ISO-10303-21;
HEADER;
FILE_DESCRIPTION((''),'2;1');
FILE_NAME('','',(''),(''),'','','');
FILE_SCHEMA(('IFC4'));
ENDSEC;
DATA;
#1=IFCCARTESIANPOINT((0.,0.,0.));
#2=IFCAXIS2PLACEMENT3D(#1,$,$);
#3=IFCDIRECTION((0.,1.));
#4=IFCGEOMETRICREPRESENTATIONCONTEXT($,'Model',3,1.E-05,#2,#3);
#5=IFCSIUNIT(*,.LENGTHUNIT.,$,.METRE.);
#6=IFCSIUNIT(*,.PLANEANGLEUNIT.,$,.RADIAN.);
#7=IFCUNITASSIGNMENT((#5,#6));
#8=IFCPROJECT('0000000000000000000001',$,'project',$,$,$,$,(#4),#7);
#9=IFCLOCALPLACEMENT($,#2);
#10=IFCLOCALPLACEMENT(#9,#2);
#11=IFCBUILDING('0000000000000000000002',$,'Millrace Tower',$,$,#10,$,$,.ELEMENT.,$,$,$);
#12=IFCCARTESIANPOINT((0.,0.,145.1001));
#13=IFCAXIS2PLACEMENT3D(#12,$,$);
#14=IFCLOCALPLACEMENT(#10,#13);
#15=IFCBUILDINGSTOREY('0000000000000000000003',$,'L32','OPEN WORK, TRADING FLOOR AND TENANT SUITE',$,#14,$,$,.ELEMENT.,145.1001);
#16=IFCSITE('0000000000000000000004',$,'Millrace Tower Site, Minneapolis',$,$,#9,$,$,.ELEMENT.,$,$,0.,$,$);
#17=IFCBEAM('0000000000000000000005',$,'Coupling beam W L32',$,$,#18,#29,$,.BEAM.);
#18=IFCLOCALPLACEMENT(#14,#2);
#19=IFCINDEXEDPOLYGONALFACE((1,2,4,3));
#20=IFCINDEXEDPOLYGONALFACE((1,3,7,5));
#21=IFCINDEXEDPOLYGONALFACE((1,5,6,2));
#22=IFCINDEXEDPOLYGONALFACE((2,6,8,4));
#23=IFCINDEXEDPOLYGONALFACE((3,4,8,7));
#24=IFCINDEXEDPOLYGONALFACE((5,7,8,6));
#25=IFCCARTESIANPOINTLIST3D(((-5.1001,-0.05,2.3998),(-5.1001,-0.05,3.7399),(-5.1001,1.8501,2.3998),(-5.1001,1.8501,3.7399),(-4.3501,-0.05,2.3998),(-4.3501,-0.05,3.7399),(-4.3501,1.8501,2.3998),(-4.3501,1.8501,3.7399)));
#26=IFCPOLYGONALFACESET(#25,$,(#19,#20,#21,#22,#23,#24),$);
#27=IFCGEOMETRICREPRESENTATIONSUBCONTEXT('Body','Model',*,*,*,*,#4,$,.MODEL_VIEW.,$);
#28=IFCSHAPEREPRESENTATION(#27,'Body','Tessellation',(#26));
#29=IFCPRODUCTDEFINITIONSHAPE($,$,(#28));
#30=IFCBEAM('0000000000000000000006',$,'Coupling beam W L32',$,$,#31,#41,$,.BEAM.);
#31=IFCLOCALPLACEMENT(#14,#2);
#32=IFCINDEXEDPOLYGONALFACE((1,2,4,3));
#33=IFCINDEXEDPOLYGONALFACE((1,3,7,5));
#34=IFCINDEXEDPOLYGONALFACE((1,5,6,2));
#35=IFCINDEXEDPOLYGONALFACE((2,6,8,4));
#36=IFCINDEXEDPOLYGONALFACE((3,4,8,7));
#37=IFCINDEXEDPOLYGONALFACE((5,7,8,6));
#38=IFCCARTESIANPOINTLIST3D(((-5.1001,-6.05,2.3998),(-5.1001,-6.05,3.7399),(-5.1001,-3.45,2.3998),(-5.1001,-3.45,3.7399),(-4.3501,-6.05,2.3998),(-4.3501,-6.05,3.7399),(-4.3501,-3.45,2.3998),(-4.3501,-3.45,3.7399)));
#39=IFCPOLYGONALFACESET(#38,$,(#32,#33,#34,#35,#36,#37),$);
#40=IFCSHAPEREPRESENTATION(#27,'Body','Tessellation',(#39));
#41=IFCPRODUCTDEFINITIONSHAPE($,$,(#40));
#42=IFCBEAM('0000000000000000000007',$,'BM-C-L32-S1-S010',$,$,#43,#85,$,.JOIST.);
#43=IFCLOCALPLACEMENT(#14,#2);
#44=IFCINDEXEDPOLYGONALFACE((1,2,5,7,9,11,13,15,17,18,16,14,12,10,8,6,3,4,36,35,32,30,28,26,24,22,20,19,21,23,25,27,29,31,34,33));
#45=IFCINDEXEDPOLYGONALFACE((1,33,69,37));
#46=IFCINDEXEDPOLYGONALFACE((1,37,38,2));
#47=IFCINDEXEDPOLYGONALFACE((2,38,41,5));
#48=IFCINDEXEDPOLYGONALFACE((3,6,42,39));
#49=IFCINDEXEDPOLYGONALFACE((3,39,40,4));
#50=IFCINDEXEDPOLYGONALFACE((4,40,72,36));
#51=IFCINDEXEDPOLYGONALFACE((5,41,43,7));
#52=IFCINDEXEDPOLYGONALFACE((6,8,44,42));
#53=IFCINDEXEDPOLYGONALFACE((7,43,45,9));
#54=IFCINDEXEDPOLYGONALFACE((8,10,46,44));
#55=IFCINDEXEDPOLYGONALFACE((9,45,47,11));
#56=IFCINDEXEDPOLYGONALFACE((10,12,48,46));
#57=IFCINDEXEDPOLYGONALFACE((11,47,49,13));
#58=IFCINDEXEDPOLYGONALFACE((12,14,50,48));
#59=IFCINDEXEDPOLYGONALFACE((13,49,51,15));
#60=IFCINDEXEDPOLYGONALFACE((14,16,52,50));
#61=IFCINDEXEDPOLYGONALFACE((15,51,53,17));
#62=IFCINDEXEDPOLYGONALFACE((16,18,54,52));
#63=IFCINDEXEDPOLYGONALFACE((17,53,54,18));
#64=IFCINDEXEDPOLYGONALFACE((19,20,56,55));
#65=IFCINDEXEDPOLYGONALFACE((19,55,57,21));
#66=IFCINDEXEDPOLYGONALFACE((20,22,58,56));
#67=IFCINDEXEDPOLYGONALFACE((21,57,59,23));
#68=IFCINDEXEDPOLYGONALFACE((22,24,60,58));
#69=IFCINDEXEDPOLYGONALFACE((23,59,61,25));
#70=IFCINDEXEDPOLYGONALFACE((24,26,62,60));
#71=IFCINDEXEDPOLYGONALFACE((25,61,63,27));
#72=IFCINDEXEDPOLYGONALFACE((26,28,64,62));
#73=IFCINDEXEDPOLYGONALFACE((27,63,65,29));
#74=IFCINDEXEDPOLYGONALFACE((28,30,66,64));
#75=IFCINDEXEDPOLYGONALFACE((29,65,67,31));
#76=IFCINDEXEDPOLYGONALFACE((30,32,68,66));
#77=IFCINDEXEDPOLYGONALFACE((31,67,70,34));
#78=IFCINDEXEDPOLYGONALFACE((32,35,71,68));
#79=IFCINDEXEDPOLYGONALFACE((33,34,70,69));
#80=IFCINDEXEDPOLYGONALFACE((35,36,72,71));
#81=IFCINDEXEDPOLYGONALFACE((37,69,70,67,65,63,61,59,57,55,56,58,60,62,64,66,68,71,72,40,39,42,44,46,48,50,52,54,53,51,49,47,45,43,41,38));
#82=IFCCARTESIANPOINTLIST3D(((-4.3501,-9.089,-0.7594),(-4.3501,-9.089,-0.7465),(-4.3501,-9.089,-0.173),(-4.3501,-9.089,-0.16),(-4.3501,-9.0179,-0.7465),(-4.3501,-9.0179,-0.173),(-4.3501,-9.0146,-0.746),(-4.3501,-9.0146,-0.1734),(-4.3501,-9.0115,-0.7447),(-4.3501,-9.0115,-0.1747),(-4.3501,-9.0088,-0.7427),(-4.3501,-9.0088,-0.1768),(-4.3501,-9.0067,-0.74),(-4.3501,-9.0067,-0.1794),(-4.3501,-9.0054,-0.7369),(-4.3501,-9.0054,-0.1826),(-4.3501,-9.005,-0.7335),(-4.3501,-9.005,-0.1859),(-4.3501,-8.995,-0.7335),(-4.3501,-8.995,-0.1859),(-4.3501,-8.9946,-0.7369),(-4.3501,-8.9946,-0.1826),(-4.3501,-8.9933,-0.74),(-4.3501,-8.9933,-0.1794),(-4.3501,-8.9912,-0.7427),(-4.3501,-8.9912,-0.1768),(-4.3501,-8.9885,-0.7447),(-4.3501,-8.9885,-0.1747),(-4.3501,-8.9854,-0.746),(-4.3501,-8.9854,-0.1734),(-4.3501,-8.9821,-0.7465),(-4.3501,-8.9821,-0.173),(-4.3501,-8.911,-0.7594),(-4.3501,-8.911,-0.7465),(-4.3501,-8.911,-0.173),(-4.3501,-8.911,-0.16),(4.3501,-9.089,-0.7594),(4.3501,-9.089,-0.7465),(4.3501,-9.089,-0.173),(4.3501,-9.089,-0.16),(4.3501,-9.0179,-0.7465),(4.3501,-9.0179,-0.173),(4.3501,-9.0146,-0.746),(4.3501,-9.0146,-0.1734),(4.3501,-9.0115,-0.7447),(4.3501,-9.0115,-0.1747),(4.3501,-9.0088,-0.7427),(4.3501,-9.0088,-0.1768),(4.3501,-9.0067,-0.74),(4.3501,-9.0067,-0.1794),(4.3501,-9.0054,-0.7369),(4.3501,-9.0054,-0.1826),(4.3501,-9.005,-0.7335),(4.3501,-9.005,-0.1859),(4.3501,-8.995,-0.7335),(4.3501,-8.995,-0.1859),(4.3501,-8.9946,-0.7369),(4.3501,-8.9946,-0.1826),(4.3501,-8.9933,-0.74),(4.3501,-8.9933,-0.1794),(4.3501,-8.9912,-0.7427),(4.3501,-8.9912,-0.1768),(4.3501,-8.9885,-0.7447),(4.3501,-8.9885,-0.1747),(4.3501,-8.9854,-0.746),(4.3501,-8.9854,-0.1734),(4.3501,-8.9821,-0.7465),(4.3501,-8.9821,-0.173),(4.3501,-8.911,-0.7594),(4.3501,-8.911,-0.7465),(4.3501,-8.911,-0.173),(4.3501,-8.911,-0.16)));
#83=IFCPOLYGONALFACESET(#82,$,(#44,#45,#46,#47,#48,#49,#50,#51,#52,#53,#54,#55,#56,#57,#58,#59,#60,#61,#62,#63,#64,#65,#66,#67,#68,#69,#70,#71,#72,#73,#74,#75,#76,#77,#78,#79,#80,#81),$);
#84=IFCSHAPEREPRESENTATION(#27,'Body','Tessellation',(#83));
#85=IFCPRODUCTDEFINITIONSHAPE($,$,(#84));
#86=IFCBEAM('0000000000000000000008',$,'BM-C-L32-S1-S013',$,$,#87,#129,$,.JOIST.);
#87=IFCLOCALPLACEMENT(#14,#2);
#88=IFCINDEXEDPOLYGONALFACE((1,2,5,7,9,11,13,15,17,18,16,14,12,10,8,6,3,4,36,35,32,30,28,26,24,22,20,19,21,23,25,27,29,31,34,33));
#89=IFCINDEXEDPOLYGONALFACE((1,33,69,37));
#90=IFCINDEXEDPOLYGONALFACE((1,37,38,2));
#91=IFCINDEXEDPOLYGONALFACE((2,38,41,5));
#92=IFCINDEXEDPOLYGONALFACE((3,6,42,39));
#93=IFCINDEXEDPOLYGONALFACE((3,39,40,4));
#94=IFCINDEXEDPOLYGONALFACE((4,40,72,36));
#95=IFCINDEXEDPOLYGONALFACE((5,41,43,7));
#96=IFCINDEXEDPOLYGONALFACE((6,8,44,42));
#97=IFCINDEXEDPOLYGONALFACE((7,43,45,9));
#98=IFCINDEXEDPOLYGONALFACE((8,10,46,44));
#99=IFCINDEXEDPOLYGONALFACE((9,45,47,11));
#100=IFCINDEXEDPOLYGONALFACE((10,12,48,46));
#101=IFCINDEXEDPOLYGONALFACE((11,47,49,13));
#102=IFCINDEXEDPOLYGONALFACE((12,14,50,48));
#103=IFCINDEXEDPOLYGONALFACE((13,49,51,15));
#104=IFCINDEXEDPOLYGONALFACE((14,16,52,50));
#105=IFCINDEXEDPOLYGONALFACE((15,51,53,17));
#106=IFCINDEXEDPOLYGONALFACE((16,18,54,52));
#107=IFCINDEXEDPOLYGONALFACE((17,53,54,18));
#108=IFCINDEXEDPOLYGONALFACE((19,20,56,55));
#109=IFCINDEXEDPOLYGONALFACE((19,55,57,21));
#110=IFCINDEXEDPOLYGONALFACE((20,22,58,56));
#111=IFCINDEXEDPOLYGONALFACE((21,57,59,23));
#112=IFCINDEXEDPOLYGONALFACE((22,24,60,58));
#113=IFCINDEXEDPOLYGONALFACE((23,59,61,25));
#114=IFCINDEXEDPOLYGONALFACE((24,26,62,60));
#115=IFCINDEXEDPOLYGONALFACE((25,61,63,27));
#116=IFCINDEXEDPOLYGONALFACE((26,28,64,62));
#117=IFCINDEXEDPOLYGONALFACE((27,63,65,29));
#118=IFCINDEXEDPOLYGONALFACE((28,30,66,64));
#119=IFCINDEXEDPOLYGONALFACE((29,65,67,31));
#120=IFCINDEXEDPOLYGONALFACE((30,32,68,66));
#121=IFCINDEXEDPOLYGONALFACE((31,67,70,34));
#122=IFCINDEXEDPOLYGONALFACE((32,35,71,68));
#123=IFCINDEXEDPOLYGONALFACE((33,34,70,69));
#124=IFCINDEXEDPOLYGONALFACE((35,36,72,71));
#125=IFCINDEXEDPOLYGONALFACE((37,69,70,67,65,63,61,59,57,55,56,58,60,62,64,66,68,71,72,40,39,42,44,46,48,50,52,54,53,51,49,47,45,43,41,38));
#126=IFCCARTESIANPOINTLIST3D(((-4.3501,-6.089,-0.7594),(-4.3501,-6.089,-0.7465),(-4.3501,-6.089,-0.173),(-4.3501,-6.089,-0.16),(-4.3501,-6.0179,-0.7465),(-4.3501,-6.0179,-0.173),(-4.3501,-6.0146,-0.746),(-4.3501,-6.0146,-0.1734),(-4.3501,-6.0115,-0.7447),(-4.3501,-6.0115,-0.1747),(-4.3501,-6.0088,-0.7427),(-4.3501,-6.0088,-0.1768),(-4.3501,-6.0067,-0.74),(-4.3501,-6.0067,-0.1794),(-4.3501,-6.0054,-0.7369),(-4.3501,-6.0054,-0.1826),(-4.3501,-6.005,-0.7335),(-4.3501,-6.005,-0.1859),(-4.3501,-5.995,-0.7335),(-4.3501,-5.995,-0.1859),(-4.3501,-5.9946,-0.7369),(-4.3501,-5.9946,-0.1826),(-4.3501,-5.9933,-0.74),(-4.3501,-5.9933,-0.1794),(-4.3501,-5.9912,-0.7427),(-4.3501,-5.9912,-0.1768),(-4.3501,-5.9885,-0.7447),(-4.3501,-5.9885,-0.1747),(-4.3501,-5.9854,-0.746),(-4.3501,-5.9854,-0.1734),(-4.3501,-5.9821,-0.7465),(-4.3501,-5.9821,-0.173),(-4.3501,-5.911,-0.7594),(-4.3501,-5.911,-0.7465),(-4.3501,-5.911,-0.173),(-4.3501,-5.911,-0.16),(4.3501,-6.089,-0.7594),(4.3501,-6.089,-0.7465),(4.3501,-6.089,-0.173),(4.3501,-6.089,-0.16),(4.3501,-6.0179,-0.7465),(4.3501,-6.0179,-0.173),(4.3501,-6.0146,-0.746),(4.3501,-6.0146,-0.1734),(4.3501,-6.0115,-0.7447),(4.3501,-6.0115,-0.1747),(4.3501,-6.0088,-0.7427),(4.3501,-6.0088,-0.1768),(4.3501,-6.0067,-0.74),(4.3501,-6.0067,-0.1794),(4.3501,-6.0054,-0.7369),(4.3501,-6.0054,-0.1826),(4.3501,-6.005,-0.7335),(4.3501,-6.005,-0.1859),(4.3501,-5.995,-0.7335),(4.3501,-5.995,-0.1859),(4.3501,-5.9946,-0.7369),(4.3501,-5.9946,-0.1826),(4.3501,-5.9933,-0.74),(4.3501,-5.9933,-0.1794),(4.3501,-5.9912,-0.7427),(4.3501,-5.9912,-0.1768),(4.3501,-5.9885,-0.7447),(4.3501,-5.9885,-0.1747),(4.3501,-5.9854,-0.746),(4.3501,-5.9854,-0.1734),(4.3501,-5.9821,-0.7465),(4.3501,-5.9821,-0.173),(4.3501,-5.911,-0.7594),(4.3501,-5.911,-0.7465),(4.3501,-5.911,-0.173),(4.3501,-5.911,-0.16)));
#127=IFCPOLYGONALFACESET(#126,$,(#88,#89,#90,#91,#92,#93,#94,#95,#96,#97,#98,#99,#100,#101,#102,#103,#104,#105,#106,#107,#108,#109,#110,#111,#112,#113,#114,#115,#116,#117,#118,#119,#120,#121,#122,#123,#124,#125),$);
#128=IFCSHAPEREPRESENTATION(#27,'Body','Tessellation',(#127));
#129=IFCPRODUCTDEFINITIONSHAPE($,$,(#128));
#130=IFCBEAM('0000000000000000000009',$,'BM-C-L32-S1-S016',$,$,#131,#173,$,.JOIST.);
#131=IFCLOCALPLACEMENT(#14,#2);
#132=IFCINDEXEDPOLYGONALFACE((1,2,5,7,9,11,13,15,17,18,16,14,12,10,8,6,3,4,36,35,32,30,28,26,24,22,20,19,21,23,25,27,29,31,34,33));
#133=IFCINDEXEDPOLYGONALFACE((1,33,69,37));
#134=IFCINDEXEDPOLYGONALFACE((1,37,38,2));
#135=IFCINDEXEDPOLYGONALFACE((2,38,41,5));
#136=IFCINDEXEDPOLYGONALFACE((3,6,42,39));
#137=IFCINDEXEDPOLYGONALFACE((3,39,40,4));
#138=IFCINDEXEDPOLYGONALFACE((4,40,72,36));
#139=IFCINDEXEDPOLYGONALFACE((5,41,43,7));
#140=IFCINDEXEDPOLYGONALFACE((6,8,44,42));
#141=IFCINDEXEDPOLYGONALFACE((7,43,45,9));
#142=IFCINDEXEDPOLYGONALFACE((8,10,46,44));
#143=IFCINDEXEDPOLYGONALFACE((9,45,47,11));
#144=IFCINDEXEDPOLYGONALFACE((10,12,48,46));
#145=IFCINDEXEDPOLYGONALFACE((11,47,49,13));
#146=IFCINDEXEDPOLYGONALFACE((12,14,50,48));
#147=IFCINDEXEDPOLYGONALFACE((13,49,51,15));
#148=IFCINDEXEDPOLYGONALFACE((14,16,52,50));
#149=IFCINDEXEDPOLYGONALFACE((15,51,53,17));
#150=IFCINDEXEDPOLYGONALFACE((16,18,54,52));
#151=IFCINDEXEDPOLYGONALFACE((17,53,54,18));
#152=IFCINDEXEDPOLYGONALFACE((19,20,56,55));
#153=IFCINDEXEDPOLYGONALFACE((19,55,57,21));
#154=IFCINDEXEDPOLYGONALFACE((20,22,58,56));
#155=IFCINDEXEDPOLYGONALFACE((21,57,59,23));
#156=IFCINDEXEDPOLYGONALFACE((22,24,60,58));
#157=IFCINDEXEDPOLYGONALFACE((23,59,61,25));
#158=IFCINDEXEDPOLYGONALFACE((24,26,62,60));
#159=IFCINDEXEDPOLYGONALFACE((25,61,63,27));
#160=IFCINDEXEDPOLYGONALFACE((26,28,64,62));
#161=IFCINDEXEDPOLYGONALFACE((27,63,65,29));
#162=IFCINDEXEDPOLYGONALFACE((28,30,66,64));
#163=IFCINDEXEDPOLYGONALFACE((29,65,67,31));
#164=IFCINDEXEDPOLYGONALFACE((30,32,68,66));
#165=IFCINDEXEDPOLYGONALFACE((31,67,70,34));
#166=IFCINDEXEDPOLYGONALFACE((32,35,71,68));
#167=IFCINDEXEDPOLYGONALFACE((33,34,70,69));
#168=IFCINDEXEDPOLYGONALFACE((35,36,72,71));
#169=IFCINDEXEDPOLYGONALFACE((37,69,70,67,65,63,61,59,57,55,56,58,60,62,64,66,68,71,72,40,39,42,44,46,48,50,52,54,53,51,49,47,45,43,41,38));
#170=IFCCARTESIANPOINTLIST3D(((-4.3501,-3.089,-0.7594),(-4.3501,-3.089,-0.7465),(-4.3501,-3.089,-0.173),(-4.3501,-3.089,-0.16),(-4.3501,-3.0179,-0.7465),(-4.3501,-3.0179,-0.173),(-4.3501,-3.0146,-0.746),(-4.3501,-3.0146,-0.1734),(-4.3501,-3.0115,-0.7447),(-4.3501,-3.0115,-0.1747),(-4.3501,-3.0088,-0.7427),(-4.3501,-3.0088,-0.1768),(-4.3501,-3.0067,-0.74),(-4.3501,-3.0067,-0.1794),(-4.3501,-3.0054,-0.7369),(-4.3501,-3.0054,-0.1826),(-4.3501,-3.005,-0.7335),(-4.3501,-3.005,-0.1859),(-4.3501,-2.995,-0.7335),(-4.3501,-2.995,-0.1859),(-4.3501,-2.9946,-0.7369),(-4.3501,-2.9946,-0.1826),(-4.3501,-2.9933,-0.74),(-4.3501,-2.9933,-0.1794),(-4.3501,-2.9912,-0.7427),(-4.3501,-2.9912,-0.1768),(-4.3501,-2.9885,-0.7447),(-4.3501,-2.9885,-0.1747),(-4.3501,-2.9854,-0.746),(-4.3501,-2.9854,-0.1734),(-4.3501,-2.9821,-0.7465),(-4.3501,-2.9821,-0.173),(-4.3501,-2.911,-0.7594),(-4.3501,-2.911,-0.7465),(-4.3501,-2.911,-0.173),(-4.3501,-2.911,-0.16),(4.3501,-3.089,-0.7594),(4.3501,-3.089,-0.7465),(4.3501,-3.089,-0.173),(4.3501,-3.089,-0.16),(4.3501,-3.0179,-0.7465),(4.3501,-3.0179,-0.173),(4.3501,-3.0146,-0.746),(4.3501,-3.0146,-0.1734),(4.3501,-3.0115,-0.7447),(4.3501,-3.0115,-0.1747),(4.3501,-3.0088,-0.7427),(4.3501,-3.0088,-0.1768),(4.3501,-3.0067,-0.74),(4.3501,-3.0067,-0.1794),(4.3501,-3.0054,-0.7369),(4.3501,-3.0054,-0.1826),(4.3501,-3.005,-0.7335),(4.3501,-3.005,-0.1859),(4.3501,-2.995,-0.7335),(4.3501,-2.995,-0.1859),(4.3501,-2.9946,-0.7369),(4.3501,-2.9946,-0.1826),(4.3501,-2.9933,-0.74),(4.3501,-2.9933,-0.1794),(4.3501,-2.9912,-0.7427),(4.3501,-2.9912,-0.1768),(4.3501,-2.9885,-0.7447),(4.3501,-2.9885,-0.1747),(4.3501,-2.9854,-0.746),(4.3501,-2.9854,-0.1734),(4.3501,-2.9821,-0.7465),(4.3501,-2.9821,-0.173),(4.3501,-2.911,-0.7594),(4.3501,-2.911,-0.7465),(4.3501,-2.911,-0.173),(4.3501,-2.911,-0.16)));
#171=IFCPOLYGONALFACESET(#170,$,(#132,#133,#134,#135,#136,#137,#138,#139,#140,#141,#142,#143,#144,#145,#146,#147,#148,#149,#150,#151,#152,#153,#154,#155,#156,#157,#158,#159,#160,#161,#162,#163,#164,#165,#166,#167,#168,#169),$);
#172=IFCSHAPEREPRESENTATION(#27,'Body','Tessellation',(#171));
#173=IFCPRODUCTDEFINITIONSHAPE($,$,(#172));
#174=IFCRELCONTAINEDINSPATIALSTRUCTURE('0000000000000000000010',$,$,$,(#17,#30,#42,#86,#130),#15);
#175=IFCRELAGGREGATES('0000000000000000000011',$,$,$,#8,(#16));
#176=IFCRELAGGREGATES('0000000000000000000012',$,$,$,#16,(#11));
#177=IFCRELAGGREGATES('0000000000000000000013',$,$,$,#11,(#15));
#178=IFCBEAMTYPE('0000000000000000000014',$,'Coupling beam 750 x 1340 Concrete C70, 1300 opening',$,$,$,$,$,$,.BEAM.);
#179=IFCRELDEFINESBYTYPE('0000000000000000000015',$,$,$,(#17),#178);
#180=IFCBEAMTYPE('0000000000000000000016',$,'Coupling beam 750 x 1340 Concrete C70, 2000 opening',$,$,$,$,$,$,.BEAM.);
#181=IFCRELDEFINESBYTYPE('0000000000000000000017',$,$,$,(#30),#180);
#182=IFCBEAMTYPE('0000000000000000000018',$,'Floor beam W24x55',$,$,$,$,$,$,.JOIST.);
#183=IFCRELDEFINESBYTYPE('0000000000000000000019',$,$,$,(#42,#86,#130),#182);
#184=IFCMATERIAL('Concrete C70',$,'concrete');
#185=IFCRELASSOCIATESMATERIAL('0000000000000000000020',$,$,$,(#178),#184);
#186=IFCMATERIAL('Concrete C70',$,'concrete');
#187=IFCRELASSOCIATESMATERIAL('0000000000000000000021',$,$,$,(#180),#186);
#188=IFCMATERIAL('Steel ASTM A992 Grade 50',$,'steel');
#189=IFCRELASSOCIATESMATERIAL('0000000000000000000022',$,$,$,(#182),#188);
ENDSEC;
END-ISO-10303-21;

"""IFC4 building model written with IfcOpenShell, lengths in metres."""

from ifc_helpers import new_model, si_unit, direction, frame, origin, origin_2d, place, context, subcontext, project, spatial, rectangle, i_section, extrude, material, material_profile, profile_set, type_object, element, save


model = new_model("IFC4")

# Units and contexts
model_context = context("Model", 3, precision=1e-05, world=origin(), true_north=direction((0.0, 1.0)))
body_context = subcontext(model_context, "Body", "Model", "MODEL_VIEW")
ifc_project = project(units=[si_unit("LENGTHUNIT", "METRE"), si_unit("PLANEANGLEUNIT", "RADIAN")], contexts=[model_context])

# Site, building, storey
site_placement = place(None, origin())
site = spatial("IfcSite", under=ifc_project, at=site_placement, Name="Millrace Tower Site, Minneapolis", CompositionType="ELEMENT", RefElevation=0.0)
building_placement = place(site_placement, origin())
building = spatial("IfcBuilding", under=site, at=building_placement, Name="Millrace Tower", CompositionType="ELEMENT")
storey_placement = place(building_placement, frame((0.0, 0.0, 145.1001)))
storey = spatial("IfcBuildingStorey", under=building, at=storey_placement, Name="L32", Description="OPEN WORK, TRADING FLOOR AND TENANT SUITE", CompositionType="ELEMENT", Elevation=145.1001)

# Beams
ifc_material_1 = material(Name="Concrete C70", Category="concrete")
ifc_material_profile_1 = material_profile(ifc_material_1, rectangle(XDim=0.75, YDim=1.3401, at=origin_2d()))
ifc_profile_set_1 = profile_set([ifc_material_profile_1], Name="Concrete C70")
beam_type_1 = type_object("IfcBeamType", Name="Coupling beam 750 x 1340 Concrete C70, 1300 opening", PredefinedType="BEAM", material=ifc_profile_set_1)
beam_1_placement = place(storey_placement, frame((-4.7251, -0.05, 3.0698), z_axis=(0.0, 1.0, 0.0), x_axis=(-1.0, 0.0, 0.0)))
element("IfcBeam", 1, at=beam_1_placement, inside=storey, type_object=beam_type_1, Name="Coupling beam W L32", PredefinedType="BEAM", context=body_context, shape_type="SweptSolid", body=[
    extrude(rectangle(XDim=0.75, YDim=1.3401, at=origin_2d()), origin(), (0.0, 0.0, 1.0), 1.9001),
])
ifc_material_2 = material(Name="Concrete C70", Category="concrete")
ifc_material_profile_2 = material_profile(ifc_material_2, rectangle(XDim=0.75, YDim=1.3401, at=origin_2d()))
ifc_profile_set_2 = profile_set([ifc_material_profile_2], Name="Concrete C70")
beam_type_2 = type_object("IfcBeamType", Name="Coupling beam 750 x 1340 Concrete C70, 2000 opening", PredefinedType="BEAM", material=ifc_profile_set_2)
beam_2_placement = place(storey_placement, frame((-4.7251, -6.05, 3.0698), z_axis=(0.0, 1.0, 0.0), x_axis=(-1.0, 0.0, 0.0)))
element("IfcBeam", 2, at=beam_2_placement, inside=storey, type_object=beam_type_2, Name="Coupling beam W L32", PredefinedType="BEAM", context=body_context, shape_type="SweptSolid", body=[
    extrude(rectangle(XDim=0.75, YDim=1.3401, at=origin_2d()), origin(), (0.0, 0.0, 1.0), 2.6001),
])
ifc_material_3 = material(Name="Steel ASTM A992 Grade 50", Category="steel")
ifc_material_profile_3 = material_profile(ifc_material_3, i_section(OverallWidth=0.178, OverallDepth=0.5994, WebThickness=0.01, FlangeThickness=0.0129, FilletRadius=0.0129, at=origin_2d()))
ifc_profile_set_3 = profile_set([ifc_material_profile_3], Name="Steel ASTM A992 Grade 50")
beam_type_3 = type_object("IfcBeamType", Name="Floor beam W24x55", PredefinedType="JOIST", material=ifc_profile_set_3)
for number, where, z_axis, x_axis, name in (
    (3, (-4.3501, -9.0, -0.4597), (1.0, 0.0, 0.0), (0.0, 1.0, 0.0), "BM-C-L32-S1-S010"),
    (4, (-4.3501, -6.0, -0.4597), (1.0, 0.0, 0.0), (0.0, 1.0, 0.0), "BM-C-L32-S1-S013"),
    (5, (-4.3501, -3.0, -0.4597), (1.0, 0.0, 0.0), (0.0, 1.0, 0.0), "BM-C-L32-S1-S016"),
):
    element("IfcBeam", number, at=place(storey_placement, frame(where, z_axis=z_axis, x_axis=x_axis)), inside=storey, type_object=beam_type_3, Name=name, PredefinedType="JOIST", context=body_context, shape_type="SweptSolid", body=[
        extrude(i_section(OverallWidth=0.178, OverallDepth=0.5994, WebThickness=0.01, FlangeThickness=0.0129, FilletRadius=0.0129, at=origin_2d()), origin(), (0.0, 0.0, 1.0), 8.7002),
    ])

save(model, "model.ifc")
